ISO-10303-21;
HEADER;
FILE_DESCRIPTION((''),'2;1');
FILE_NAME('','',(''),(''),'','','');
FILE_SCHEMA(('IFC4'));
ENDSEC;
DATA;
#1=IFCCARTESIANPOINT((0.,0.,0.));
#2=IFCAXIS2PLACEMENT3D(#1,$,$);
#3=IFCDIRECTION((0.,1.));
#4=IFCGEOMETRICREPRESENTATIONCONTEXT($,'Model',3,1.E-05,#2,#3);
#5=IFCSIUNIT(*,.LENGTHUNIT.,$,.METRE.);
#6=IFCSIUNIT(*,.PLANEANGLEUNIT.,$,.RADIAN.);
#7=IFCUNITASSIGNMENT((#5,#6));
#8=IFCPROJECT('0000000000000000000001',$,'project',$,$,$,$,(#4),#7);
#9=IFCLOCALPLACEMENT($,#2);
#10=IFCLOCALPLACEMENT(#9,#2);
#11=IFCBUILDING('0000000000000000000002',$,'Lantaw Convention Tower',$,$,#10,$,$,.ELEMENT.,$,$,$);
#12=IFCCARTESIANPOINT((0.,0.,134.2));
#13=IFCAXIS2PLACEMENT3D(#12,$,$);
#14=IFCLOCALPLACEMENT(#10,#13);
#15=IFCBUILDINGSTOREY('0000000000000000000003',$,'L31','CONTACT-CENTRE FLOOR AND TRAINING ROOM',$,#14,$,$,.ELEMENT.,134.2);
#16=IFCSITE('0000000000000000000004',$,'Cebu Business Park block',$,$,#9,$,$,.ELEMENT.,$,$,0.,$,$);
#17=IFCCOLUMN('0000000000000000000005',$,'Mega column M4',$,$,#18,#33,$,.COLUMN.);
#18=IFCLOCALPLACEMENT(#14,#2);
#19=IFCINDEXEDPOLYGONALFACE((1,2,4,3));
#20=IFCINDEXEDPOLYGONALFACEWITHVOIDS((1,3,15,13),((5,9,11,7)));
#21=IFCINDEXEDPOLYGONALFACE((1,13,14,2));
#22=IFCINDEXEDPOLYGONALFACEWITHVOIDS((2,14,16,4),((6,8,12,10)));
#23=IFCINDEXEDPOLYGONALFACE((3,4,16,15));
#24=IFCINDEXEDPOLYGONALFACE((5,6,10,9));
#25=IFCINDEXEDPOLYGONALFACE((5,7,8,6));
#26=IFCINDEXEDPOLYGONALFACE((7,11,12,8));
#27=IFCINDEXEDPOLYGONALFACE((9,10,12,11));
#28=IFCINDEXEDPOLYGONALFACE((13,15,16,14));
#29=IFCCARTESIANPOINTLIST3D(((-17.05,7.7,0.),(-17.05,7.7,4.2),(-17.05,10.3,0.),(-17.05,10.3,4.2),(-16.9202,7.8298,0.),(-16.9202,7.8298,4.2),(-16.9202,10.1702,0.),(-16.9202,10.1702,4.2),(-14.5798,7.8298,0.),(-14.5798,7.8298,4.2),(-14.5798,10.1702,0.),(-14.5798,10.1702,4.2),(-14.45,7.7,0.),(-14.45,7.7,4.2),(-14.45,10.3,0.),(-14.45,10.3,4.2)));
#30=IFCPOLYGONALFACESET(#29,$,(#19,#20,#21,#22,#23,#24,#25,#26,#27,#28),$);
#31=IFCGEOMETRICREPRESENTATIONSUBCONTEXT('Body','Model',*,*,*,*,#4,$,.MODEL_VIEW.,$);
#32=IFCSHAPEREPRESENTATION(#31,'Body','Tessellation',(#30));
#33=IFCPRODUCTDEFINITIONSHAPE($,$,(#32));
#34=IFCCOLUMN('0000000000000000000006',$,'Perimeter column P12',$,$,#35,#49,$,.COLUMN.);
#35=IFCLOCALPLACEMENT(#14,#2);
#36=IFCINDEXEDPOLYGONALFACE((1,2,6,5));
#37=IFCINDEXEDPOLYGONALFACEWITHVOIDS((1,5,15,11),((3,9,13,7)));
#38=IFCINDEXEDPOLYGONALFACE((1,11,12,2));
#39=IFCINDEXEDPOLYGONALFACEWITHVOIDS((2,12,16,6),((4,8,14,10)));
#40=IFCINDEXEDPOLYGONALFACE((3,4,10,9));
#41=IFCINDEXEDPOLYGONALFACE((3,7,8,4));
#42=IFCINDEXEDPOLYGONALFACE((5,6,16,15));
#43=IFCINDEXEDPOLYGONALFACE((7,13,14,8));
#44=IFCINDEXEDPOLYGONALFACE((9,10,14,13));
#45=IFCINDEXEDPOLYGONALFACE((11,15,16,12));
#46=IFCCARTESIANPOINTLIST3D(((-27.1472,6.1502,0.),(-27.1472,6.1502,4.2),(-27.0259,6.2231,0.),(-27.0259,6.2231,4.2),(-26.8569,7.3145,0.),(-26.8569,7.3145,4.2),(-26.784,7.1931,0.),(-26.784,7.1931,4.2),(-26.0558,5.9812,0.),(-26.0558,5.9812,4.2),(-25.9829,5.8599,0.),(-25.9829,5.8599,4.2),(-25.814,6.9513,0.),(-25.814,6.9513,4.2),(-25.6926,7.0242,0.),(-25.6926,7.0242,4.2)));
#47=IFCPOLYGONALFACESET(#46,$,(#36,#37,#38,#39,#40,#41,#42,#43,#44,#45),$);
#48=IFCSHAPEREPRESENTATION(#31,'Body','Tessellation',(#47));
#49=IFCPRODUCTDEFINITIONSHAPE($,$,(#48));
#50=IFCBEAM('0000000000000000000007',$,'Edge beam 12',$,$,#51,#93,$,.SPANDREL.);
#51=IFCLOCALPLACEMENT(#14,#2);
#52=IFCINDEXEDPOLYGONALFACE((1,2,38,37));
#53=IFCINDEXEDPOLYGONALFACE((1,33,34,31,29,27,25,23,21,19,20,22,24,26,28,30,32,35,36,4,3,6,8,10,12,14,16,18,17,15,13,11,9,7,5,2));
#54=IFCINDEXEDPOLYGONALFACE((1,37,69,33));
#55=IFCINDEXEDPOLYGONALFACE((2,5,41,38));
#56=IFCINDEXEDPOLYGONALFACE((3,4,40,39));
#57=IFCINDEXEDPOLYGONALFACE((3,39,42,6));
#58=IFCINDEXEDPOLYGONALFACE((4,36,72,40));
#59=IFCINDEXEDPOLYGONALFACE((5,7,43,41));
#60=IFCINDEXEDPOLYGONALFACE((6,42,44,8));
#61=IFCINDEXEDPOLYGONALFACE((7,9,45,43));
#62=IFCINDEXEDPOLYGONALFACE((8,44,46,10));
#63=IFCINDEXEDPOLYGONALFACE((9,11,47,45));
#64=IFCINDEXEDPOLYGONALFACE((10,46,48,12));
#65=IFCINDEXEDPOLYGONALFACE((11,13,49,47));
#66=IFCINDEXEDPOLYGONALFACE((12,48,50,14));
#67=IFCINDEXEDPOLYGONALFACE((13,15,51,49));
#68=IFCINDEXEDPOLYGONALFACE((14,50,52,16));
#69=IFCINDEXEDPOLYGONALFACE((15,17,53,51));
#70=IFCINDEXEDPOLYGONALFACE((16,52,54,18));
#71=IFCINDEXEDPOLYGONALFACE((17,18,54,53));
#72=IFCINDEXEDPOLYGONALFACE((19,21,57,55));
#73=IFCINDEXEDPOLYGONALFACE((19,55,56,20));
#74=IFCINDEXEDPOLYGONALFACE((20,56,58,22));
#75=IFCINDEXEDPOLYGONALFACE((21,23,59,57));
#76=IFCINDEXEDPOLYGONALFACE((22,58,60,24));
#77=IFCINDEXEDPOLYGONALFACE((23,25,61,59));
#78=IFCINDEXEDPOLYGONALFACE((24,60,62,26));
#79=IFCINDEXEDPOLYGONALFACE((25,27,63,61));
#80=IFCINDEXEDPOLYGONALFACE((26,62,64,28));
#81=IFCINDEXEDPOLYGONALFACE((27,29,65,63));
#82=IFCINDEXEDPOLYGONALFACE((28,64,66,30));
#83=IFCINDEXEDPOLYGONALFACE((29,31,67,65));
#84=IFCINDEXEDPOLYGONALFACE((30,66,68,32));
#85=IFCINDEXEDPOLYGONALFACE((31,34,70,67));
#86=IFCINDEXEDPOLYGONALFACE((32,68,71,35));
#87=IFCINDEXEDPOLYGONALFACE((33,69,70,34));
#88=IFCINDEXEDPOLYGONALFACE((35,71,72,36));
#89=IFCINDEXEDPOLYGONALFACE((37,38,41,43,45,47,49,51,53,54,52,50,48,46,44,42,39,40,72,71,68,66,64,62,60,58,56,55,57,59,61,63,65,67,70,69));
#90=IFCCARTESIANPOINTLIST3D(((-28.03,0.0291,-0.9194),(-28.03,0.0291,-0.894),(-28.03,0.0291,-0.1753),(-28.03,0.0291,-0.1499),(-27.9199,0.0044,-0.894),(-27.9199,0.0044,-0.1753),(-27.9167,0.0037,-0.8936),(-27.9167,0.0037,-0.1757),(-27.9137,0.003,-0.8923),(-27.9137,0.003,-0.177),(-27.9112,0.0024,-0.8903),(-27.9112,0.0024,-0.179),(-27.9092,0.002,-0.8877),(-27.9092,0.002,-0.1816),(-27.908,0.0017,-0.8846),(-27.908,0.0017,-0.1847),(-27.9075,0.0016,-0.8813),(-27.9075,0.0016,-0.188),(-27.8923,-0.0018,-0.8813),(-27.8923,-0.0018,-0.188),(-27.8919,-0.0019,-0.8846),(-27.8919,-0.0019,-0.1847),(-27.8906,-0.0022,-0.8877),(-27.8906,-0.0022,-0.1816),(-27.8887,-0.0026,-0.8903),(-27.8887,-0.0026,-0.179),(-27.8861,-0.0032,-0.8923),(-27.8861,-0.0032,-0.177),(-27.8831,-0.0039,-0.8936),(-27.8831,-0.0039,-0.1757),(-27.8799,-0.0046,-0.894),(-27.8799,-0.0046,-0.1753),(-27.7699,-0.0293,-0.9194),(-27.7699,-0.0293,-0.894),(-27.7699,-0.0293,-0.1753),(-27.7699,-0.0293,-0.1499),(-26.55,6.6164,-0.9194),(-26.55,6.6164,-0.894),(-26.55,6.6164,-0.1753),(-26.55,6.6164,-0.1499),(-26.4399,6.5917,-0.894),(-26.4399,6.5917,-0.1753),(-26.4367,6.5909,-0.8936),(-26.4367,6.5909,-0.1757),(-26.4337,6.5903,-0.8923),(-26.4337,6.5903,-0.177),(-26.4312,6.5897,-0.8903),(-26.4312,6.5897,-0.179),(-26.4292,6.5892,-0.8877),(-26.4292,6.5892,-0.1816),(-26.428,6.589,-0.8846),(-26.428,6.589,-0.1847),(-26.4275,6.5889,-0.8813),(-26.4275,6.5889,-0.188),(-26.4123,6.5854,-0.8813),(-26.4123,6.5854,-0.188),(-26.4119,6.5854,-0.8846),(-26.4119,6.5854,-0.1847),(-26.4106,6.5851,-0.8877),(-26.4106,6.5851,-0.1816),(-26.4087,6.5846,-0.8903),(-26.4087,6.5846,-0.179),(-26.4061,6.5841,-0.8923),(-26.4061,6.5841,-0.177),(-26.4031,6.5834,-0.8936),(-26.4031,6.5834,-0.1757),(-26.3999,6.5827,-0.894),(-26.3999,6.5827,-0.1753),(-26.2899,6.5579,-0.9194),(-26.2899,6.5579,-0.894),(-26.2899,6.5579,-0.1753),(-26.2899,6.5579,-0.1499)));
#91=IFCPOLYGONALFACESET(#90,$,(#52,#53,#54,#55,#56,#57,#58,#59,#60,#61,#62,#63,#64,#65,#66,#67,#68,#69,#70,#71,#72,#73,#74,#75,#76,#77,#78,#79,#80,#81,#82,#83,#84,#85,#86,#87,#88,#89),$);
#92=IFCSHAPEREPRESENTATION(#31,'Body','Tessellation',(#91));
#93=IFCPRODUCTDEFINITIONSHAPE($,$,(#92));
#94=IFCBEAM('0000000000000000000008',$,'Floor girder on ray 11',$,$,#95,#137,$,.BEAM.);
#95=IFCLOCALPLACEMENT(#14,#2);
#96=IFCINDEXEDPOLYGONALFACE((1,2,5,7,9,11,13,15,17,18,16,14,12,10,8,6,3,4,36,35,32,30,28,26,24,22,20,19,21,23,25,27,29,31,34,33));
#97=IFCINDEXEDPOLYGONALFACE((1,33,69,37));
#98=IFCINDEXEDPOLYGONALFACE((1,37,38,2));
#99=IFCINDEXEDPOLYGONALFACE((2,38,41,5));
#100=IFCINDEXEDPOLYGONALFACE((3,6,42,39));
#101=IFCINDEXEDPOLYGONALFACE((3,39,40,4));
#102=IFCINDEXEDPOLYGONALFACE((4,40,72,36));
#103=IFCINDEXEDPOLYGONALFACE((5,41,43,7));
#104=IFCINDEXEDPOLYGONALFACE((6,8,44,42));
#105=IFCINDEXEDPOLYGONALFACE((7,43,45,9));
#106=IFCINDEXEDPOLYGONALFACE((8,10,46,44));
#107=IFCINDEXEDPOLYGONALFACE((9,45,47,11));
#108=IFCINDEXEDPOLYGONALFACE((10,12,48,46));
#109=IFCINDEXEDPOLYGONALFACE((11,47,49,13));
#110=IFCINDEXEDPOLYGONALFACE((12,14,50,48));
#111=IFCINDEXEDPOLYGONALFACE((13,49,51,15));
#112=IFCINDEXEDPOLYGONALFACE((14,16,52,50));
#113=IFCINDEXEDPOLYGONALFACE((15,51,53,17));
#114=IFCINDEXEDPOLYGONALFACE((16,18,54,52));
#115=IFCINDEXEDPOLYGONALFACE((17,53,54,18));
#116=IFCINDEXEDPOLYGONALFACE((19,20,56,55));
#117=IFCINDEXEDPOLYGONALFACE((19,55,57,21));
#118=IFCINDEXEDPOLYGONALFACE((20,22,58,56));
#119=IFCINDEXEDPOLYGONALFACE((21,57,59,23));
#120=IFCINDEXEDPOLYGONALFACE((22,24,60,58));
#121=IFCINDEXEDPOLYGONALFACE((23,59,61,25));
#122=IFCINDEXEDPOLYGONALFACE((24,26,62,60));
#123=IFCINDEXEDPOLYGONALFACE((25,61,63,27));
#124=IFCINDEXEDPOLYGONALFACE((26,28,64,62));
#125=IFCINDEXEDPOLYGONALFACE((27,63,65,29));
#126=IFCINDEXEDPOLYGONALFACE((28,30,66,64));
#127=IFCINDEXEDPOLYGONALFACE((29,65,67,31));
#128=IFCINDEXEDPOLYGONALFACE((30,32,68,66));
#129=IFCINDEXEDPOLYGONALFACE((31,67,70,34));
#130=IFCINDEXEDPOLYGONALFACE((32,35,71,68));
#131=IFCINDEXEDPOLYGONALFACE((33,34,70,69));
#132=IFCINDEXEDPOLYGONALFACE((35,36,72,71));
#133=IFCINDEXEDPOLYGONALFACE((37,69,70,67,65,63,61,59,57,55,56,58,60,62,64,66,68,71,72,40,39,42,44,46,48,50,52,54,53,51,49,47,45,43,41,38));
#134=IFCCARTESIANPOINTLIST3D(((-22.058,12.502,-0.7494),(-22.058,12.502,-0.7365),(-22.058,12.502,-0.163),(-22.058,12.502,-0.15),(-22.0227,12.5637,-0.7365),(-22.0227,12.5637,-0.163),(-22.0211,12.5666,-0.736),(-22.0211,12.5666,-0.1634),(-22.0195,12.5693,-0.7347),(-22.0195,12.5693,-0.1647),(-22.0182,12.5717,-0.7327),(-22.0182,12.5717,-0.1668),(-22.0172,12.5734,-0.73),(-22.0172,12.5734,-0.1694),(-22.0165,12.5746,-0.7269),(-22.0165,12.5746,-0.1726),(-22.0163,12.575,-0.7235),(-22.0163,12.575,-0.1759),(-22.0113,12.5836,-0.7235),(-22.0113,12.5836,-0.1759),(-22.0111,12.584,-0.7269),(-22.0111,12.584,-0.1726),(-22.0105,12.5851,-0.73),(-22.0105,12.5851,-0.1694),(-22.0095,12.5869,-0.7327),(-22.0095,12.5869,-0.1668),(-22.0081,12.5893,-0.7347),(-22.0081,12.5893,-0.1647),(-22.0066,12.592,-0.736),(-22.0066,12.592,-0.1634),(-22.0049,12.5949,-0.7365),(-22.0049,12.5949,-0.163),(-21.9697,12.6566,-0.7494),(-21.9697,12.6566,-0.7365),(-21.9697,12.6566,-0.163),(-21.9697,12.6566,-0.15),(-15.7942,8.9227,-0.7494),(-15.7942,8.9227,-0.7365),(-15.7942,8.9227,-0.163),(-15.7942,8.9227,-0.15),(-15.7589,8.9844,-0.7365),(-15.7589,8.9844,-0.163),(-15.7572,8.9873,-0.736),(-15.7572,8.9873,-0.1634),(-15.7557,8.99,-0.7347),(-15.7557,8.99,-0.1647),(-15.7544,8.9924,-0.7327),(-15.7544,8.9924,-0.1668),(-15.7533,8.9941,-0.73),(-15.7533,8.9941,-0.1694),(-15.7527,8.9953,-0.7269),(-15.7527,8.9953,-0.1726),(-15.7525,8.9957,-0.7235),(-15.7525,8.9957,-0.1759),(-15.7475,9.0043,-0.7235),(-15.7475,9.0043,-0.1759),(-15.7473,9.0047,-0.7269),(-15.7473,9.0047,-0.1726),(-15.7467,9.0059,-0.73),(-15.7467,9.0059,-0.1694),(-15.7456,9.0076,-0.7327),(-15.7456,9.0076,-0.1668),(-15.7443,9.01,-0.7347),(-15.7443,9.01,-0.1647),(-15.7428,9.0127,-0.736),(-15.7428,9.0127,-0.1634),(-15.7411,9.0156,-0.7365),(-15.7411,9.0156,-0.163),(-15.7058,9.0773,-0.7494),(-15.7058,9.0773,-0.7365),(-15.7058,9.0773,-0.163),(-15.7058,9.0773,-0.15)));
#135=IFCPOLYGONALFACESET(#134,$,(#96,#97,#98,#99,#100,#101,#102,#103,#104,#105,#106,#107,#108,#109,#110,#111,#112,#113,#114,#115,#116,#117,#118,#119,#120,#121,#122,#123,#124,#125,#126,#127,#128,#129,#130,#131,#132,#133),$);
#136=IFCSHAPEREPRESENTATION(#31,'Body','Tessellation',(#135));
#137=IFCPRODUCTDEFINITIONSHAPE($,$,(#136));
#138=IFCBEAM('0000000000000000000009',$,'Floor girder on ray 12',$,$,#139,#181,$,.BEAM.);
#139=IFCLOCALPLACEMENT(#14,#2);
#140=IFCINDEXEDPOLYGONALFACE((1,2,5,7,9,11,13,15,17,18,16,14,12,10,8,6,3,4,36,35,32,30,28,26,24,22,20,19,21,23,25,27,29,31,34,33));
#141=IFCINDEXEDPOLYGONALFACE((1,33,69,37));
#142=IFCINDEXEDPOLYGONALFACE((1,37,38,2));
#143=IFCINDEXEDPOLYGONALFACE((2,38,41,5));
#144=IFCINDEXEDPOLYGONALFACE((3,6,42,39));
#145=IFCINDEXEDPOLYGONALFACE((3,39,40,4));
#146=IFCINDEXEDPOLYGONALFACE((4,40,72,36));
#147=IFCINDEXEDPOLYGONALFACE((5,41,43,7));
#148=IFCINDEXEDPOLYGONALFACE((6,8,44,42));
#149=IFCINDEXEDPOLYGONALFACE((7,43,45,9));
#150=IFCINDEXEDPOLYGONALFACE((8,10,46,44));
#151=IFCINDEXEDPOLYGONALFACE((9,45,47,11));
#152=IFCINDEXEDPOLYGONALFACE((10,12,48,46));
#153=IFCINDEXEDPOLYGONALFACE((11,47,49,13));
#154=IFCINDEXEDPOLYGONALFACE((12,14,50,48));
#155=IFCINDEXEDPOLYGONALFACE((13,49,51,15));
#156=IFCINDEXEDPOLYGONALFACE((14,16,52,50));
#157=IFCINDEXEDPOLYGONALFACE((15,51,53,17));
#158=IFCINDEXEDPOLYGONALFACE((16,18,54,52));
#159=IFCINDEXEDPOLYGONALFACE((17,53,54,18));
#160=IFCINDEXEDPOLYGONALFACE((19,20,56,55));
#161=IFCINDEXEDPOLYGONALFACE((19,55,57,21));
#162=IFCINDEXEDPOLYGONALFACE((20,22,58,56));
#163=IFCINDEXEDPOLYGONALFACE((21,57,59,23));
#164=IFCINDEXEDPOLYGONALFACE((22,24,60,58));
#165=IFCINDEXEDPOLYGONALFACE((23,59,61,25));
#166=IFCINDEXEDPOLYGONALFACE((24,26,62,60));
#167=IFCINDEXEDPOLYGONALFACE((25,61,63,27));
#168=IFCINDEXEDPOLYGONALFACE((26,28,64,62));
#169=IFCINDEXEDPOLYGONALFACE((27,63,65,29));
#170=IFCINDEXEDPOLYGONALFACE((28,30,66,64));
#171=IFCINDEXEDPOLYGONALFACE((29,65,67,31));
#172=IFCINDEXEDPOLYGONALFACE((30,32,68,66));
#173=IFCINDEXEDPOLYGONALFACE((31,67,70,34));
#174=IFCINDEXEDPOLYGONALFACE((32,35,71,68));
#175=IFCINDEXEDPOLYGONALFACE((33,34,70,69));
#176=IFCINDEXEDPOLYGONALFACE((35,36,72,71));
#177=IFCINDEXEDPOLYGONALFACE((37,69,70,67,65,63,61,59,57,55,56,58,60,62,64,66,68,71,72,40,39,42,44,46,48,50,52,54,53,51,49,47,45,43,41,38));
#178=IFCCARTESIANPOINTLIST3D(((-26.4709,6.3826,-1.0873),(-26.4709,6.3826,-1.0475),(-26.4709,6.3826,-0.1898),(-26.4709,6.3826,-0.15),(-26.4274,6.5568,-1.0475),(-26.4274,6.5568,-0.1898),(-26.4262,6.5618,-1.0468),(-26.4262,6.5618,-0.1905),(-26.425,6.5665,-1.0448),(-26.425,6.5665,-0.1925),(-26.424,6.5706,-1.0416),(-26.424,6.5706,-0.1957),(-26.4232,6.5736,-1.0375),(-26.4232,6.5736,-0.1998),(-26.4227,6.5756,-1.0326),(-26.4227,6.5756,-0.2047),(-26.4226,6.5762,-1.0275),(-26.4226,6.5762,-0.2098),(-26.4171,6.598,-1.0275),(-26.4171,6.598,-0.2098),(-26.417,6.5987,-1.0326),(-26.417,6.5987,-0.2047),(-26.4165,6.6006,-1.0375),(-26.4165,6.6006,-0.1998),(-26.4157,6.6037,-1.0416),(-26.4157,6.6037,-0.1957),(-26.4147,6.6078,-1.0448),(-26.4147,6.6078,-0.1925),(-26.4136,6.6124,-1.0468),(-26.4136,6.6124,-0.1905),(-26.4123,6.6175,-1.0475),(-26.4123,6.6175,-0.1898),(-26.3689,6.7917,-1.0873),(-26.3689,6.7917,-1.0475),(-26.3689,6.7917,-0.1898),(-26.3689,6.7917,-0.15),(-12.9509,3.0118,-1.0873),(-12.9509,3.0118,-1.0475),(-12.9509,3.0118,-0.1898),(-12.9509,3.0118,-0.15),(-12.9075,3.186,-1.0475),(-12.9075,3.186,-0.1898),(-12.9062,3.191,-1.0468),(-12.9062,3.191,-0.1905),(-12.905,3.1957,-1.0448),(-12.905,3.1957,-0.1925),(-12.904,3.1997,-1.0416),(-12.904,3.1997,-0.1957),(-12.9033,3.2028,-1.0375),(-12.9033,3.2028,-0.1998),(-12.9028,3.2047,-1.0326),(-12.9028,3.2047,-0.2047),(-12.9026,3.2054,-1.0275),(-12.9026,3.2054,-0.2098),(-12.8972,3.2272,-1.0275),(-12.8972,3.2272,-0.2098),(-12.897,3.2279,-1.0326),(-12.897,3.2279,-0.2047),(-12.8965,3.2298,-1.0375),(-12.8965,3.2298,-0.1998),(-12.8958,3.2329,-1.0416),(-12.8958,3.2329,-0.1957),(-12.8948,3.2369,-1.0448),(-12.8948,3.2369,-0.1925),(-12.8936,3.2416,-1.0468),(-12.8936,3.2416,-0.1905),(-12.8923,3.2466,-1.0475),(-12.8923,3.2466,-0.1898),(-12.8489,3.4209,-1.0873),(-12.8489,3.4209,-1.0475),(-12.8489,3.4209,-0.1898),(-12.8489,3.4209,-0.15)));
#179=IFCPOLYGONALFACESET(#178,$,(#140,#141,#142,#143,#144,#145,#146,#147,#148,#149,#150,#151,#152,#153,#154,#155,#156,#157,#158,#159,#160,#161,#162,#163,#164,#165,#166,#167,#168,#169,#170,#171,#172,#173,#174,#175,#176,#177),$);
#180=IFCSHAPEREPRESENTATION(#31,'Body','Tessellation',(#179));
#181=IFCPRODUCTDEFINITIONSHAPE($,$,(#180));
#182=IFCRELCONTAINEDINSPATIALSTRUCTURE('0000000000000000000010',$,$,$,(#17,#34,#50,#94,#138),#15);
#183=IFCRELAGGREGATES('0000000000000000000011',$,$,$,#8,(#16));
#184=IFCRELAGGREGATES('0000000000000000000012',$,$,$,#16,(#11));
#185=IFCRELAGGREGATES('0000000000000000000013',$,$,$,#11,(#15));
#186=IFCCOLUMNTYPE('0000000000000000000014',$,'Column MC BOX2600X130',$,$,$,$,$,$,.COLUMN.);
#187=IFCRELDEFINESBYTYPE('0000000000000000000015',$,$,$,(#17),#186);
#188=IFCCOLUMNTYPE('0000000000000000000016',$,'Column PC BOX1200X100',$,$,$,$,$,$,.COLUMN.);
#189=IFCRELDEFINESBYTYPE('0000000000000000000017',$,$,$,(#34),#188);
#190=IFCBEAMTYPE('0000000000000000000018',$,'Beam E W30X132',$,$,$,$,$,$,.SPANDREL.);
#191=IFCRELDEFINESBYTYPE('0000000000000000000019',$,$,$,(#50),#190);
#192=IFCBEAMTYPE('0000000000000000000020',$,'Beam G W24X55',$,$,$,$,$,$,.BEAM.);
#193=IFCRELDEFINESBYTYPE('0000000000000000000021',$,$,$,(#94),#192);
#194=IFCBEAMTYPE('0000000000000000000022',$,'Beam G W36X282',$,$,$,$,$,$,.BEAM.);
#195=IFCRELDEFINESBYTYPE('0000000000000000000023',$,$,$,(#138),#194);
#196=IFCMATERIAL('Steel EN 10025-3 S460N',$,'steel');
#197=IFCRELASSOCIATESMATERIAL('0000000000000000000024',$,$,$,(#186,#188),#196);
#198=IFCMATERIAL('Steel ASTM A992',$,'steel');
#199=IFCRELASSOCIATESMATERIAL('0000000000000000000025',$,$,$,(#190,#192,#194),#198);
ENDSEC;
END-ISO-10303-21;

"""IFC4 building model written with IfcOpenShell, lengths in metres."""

from ifc_helpers import new_model, si_unit, direction, frame, origin, origin_2d, place, context, subcontext, project, spatial, rectangle, hollow_rectangle, i_section, extrude, material, material_profile, profile_set, type_object, element, save


model = new_model("IFC4")

# Units and contexts
model_context = context("Model", 3, precision=1e-05, world=origin(), true_north=direction((0.0, 1.0)))
body_context = subcontext(model_context, "Body", "Model", "MODEL_VIEW")
ifc_project = project(units=[si_unit("LENGTHUNIT", "METRE"), si_unit("PLANEANGLEUNIT", "RADIAN")], contexts=[model_context])

# Site, building, storey
site_placement = place(None, origin())
site = spatial("IfcSite", under=ifc_project, at=site_placement, Name="Cebu Business Park block", CompositionType="ELEMENT", RefElevation=0.0)
building_placement = place(site_placement, origin())
building = spatial("IfcBuilding", under=site, at=building_placement, Name="Lantaw Convention Tower", CompositionType="ELEMENT")
storey_placement = place(building_placement, frame((0.0, 0.0, 134.2)))
storey = spatial("IfcBuildingStorey", under=building, at=storey_placement, Name="L31", Description="CONTACT-CENTRE FLOOR AND TRAINING ROOM", CompositionType="ELEMENT", Elevation=134.2)

# Columns
ifc_material_1 = material(Name="Steel EN 10025-3 S460N", Category="steel")
ifc_material_profile_1 = material_profile(ifc_material_1, hollow_rectangle(XDim=2.6001, YDim=2.6001, WallThickness=0.1299, at=origin_2d()), Name="BOX2600X130")
ifc_material_2 = material(Name="Concrete C60/75", Category="concrete")
ifc_material_profile_2 = material_profile(ifc_material_2, rectangle(XDim=2.3401, YDim=2.3401, at=origin_2d()), Name="Concrete fill of BOX2600X130")
ifc_profile_set_1 = profile_set([ifc_material_profile_1, ifc_material_profile_2], Name="Steel EN 10025-3 S460N")
column_type_1 = type_object("IfcColumnType", Name="Column MC BOX2600X130", PredefinedType="COLUMN", material=ifc_profile_set_1)
column_1_placement = place(storey_placement, frame((-15.75, 9.0, 0.0), z_axis=(0.0, 0.0, 1.0), x_axis=(1.0, 0.0, 0.0)))
element("IfcColumn", 1, at=column_1_placement, inside=storey, type_object=column_type_1, Name="Mega column M4", PredefinedType="COLUMN", context=body_context, shape_type="SweptSolid", body=[
    extrude(hollow_rectangle(XDim=2.6001, YDim=2.6001, WallThickness=0.1299, at=origin_2d()), origin(), (0.0, 0.0, 1.0), 4.2),
])
ifc_material_profile_3 = material_profile(ifc_material_1, hollow_rectangle(XDim=1.2, YDim=1.2, WallThickness=0.1001, at=origin_2d()), Name="BOX1200X100")
ifc_material_profile_4 = material_profile(ifc_material_2, rectangle(XDim=1.0, YDim=1.0, at=origin_2d()), Name="Concrete fill of BOX1200X100")
ifc_profile_set_2 = profile_set([ifc_material_profile_3, ifc_material_profile_4], Name="Steel EN 10025-3 S460N")
column_type_2 = type_object("IfcColumnType", Name="Column PC BOX1200X100", PredefinedType="COLUMN", material=ifc_profile_set_2)
column_2_placement = place(storey_placement, frame((-26.4199, 6.5872, 0.0), z_axis=(0.0, 0.0, 1.0), x_axis=(0.241922, 0.970296, 0.0)))
element("IfcColumn", 2, at=column_2_placement, inside=storey, type_object=column_type_2, Name="Perimeter column P12", PredefinedType="COLUMN", context=body_context, shape_type="SweptSolid", body=[
    extrude(hollow_rectangle(XDim=1.2, YDim=1.2, WallThickness=0.1001, at=origin_2d()), origin(), (0.0, 0.0, 1.0), 4.2),
])

# Beams
ifc_material_3 = material(Name="Steel ASTM A992", Category="steel")
ifc_material_profile_5 = material_profile(ifc_material_3, i_section(OverallWidth=0.2666, OverallDepth=0.7695, WebThickness=0.0156, FlangeThickness=0.0254, FilletRadius=0.0127, at=origin_2d()), Name="W30X132")
ifc_profile_set_3 = profile_set([ifc_material_profile_5], Name="Steel ASTM A992")
beam_type_1 = type_object("IfcBeamType", Name="Beam E W30X132", PredefinedType="SPANDREL", material=ifc_profile_set_3)
beam_1_placement = place(storey_placement, frame((-26.4199, 6.5872, -0.5347), z_axis=(-0.219212, -0.975677, 0.0), x_axis=(0.975677, -0.219212, 0.0)))
element("IfcBeam", 3, at=beam_1_placement, inside=storey, type_object=beam_type_1, Name="Edge beam 12", PredefinedType="SPANDREL", context=body_context, shape_type="SweptSolid", body=[
    extrude(i_section(OverallWidth=0.2666, OverallDepth=0.7695, WebThickness=0.0156, FlangeThickness=0.0254, FilletRadius=0.0127, at=origin_2d()), origin(), (0.0, 0.0, 1.0), 6.7515),
])
ifc_material_profile_6 = material_profile(ifc_material_3, i_section(OverallWidth=0.178, OverallDepth=0.5994, WebThickness=0.01, FlangeThickness=0.0129, FilletRadius=0.0129, at=origin_2d()), Name="W24X55")
ifc_profile_set_4 = profile_set([ifc_material_profile_6], Name="Steel ASTM A992")
beam_type_2 = type_object("IfcBeamType", Name="Beam G W24X55", PredefinedType="BEAM", material=ifc_profile_set_4)
beam_2_placement = place(storey_placement, frame((-15.75, 9.0, -0.4497), z_axis=(-0.868245, 0.496135, 0.0), x_axis=(-0.496135, -0.868245, 0.0)))
element("IfcBeam", 4, at=beam_2_placement, inside=storey, type_object=beam_type_2, Name="Floor girder on ray 11", PredefinedType="BEAM", context=body_context, shape_type="SweptSolid", body=[
    extrude(i_section(OverallWidth=0.178, OverallDepth=0.5994, WebThickness=0.01, FlangeThickness=0.0129, FilletRadius=0.0129, at=origin_2d()), origin(), (0.0, 0.0, 1.0), 7.2144),
])
ifc_material_profile_7 = material_profile(ifc_material_3, i_section(OverallWidth=0.4216, OverallDepth=0.9373, WebThickness=0.0225, FlangeThickness=0.0398, FilletRadius=0.02, at=origin_2d()), Name="W36X282")
ifc_profile_set_5 = profile_set([ifc_material_profile_7], Name="Steel ASTM A992")
beam_type_3 = type_object("IfcBeamType", Name="Beam G W36X282", PredefinedType="BEAM", material=ifc_profile_set_5)
beam_3_placement = place(storey_placement, frame((-12.8999, 3.2163, -0.6187), z_axis=(-0.970297, 0.241917, 0.0), x_axis=(-0.241917, -0.970297, 0.0)))
element("IfcBeam", 5, at=beam_3_placement, inside=storey, type_object=beam_type_3, Name="Floor girder on ray 12", PredefinedType="BEAM", context=body_context, shape_type="SweptSolid", body=[
    extrude(i_section(OverallWidth=0.4216, OverallDepth=0.9373, WebThickness=0.0225, FlangeThickness=0.0398, FilletRadius=0.02, at=origin_2d()), origin(), (0.0, 0.0, 1.0), 13.9338),
])

save(model, "model.ifc")
